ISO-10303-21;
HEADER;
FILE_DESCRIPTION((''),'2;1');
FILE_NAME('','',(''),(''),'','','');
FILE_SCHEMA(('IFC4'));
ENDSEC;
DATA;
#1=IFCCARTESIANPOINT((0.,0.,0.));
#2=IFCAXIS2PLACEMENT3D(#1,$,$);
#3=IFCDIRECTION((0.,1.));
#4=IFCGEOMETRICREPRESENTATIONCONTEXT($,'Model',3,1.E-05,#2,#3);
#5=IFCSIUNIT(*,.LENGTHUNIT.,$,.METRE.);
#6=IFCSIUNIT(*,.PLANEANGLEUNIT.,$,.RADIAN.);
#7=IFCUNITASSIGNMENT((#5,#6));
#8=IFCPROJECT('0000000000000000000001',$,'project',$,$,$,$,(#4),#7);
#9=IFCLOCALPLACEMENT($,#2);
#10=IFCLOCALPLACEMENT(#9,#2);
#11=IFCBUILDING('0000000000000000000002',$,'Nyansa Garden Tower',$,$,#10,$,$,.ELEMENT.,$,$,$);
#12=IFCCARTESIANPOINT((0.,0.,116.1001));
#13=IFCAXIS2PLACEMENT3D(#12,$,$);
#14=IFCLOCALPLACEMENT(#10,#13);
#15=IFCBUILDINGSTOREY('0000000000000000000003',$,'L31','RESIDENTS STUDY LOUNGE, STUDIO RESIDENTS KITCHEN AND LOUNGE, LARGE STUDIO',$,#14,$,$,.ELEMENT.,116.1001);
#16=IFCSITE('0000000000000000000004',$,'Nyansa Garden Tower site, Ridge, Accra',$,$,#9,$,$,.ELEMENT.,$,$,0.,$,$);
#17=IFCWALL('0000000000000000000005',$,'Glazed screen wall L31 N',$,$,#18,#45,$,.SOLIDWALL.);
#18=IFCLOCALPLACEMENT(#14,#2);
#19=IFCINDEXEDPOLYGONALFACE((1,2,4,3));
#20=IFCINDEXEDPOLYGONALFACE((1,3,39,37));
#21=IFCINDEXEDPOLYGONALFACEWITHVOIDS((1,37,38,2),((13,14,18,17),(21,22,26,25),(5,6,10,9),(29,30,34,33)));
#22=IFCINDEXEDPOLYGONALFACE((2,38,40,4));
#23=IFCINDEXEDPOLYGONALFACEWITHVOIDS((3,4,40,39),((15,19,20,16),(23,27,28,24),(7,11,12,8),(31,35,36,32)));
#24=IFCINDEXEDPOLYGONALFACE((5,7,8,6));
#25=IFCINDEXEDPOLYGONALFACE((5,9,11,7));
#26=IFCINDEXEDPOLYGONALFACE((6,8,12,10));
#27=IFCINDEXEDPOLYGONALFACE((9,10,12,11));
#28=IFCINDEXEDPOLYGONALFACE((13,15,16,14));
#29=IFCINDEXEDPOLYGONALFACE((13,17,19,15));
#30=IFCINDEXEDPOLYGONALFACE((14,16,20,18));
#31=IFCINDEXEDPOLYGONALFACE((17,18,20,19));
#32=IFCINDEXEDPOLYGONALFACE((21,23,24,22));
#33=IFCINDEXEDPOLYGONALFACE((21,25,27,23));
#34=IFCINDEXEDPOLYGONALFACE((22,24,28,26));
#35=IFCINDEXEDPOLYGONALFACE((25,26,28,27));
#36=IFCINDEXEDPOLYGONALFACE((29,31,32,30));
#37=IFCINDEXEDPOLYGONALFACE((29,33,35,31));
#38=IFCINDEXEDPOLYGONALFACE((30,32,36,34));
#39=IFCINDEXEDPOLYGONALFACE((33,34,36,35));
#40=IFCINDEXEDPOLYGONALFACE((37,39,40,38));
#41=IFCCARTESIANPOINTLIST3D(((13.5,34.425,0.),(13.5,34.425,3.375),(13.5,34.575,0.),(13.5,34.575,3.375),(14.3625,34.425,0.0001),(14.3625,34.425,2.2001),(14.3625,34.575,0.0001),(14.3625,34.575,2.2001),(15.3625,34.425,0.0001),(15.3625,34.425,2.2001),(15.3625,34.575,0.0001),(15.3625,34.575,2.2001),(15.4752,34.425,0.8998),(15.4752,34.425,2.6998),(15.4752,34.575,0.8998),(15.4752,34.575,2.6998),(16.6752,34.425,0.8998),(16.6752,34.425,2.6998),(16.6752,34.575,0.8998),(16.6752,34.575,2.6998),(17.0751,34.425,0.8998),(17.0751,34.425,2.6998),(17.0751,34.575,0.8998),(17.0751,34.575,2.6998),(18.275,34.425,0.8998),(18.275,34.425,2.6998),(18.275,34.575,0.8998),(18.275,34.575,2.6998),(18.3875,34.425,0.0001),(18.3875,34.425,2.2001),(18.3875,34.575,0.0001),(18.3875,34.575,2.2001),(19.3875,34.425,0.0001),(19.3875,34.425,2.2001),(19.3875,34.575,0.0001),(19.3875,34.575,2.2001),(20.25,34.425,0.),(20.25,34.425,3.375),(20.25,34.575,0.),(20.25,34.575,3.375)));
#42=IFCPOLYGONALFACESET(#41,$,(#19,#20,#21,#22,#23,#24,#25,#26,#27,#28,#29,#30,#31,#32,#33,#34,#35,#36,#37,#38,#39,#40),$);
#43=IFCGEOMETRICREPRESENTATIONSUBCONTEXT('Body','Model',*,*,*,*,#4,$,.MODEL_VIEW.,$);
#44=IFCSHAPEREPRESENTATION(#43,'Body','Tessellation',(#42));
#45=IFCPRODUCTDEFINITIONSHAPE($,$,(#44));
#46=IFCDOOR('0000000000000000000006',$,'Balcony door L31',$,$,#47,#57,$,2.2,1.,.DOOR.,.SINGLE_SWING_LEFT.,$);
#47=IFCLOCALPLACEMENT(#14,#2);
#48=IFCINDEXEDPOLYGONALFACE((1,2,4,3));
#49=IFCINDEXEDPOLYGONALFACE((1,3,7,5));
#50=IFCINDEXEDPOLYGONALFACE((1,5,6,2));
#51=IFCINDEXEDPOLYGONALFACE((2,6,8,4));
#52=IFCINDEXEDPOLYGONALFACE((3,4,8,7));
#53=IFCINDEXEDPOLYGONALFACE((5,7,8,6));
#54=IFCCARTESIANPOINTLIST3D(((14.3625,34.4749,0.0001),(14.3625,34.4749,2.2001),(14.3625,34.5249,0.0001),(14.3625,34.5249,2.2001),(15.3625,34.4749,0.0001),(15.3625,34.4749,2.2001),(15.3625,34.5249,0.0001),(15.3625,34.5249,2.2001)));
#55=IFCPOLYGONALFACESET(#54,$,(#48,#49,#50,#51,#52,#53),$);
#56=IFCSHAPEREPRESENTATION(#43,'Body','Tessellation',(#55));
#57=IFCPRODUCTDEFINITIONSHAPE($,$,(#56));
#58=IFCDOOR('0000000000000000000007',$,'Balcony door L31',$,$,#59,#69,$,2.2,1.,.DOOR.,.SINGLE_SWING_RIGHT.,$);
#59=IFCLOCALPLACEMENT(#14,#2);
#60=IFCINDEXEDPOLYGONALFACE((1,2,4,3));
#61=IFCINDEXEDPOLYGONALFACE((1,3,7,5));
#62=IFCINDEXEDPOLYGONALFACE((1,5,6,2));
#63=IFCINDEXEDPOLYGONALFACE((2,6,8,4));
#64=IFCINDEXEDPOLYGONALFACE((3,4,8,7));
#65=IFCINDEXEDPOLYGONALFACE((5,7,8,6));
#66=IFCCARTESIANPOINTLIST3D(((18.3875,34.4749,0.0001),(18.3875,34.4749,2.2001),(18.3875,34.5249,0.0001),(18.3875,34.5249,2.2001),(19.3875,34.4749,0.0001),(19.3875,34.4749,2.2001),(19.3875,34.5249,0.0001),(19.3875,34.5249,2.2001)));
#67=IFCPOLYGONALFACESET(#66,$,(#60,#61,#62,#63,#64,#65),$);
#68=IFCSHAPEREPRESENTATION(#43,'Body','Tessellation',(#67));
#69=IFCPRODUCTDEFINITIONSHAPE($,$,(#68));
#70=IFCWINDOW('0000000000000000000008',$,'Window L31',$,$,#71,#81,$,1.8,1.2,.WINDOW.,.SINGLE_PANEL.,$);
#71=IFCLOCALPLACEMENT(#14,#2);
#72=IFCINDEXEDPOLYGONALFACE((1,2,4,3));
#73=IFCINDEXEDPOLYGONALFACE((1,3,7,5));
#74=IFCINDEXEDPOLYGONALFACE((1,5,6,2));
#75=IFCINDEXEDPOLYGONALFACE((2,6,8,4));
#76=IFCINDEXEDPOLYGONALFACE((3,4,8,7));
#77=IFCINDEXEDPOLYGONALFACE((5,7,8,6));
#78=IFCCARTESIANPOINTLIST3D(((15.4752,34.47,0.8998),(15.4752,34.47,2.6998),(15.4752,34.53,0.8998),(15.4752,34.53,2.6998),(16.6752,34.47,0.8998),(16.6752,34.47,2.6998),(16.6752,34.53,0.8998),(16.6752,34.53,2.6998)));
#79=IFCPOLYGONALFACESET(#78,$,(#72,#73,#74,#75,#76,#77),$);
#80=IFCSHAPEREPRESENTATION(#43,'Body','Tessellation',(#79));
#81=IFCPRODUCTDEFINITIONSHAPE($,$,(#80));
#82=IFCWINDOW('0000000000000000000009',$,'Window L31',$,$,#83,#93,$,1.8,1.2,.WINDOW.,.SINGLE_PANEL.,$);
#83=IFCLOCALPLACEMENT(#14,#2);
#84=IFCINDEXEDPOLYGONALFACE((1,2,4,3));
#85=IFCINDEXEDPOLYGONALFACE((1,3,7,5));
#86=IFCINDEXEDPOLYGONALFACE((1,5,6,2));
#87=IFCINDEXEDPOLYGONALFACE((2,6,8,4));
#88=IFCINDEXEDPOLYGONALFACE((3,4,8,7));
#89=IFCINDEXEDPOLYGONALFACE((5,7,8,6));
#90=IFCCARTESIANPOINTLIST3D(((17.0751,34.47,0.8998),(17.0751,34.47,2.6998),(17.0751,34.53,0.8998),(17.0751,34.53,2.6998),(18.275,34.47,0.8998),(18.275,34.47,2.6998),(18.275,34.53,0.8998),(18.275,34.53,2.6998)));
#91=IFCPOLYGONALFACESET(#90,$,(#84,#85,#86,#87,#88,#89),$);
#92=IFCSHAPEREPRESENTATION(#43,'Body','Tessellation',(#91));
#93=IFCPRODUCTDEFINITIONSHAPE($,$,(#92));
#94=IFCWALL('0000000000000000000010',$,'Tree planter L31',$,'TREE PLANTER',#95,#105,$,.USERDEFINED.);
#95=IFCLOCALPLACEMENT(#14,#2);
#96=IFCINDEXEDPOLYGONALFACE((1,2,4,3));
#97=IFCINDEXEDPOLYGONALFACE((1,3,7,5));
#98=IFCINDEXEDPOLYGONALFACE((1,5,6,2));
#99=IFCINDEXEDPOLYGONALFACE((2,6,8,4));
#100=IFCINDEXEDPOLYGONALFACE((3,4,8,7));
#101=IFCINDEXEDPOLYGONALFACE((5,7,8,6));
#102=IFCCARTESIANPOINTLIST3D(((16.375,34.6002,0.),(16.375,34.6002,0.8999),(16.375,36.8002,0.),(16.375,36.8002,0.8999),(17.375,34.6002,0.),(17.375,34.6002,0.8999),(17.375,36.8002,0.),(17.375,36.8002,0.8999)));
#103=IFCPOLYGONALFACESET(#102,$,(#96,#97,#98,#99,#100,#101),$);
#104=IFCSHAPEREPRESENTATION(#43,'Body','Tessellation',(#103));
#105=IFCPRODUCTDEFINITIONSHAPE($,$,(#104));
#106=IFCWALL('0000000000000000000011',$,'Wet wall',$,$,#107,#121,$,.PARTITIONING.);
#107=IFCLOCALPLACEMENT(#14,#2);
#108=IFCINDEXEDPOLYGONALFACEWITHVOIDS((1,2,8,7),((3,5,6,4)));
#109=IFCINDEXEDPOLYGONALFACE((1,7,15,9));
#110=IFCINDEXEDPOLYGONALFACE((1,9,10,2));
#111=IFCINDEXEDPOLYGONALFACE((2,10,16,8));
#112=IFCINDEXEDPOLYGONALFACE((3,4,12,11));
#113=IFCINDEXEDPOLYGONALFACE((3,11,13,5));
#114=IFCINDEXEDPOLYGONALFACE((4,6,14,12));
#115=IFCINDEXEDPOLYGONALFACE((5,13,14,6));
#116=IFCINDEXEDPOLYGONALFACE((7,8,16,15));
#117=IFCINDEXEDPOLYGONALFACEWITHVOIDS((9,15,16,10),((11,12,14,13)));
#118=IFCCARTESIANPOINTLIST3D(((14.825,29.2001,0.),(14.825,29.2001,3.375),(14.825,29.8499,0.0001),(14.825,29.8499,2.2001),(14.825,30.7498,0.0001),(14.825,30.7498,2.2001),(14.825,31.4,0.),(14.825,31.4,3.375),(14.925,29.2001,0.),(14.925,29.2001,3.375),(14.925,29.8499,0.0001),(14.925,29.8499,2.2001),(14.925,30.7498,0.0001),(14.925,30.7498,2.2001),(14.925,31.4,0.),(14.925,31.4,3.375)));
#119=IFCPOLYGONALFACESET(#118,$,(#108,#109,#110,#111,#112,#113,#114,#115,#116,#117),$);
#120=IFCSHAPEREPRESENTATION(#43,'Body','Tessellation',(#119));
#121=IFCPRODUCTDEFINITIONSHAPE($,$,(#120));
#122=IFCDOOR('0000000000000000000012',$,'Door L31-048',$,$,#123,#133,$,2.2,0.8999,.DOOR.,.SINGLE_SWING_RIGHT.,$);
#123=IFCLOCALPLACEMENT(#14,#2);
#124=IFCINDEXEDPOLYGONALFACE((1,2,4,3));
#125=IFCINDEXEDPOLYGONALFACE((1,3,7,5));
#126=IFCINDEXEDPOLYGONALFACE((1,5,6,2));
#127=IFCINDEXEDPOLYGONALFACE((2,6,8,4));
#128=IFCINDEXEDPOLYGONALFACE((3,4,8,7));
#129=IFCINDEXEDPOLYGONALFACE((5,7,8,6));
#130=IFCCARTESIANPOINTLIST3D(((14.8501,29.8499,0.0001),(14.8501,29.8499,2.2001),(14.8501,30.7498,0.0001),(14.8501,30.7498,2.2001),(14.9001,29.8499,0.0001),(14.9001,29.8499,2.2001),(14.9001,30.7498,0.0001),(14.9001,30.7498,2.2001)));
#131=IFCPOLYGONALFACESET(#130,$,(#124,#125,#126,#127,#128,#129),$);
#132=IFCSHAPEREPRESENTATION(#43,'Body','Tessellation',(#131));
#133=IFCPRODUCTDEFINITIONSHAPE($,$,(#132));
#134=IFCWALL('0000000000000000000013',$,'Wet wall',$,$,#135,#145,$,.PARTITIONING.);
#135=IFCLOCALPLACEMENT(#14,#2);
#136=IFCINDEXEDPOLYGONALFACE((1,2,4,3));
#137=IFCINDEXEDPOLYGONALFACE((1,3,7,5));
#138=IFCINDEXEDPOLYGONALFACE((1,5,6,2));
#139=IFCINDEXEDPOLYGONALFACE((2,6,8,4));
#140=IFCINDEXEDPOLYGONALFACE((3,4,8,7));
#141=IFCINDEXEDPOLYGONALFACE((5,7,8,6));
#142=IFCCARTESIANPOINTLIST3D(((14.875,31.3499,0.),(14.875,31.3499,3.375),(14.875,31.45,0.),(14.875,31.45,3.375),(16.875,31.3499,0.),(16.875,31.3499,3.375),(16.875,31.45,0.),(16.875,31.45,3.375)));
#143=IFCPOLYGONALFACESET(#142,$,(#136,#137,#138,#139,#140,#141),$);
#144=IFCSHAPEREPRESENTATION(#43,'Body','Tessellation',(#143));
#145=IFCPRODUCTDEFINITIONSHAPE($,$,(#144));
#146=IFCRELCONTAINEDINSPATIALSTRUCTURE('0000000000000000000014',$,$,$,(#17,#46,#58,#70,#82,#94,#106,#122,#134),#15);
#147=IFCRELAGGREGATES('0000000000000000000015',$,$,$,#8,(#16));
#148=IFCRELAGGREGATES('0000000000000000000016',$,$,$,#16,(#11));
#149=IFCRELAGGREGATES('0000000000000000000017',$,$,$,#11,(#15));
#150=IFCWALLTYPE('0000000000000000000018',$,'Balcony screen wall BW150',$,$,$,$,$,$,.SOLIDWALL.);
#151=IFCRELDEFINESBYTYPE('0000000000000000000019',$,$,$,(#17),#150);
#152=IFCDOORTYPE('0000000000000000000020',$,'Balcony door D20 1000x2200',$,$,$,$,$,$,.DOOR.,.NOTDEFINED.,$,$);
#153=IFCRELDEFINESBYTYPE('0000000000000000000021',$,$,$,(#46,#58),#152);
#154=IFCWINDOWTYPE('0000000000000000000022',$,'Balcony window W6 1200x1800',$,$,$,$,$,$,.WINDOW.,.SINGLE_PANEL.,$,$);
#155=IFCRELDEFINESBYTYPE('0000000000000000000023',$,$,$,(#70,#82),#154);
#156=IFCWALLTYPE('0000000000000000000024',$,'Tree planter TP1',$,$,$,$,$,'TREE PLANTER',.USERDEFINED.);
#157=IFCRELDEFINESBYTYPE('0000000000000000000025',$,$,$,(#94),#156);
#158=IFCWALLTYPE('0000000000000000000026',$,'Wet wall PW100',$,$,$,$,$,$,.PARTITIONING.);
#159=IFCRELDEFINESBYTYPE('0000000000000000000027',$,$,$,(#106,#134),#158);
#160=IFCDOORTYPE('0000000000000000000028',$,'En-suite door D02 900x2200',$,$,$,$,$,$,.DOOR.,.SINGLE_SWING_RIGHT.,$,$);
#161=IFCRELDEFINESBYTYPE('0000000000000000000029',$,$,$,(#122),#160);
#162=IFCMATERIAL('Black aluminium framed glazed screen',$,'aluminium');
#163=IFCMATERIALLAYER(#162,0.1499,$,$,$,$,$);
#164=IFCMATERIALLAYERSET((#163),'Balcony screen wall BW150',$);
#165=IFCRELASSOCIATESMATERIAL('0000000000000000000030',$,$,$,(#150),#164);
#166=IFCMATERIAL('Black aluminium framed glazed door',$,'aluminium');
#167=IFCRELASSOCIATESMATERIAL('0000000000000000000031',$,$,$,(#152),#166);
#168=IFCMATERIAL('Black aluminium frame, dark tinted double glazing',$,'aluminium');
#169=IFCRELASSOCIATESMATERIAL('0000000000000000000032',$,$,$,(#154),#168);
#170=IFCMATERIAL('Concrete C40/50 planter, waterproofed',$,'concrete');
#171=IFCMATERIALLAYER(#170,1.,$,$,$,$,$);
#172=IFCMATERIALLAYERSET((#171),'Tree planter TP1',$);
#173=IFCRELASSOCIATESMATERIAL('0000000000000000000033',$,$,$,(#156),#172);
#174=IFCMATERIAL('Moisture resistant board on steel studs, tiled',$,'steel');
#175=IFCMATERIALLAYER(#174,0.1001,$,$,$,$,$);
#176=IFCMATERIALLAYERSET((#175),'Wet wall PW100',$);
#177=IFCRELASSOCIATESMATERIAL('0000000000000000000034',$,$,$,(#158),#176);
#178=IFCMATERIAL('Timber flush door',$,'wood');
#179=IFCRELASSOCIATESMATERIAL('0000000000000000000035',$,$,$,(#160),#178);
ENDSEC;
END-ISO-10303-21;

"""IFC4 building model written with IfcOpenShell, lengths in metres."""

from ifc_helpers import new_model, si_unit, direction, frame, frame_2d, origin, place, context, subcontext, project, spatial, rectangle, extrude, material, layer, layer_set, type_object, element, fill, save


model = new_model("IFC4")

# Units and contexts
model_context = context("Model", 3, precision=1e-05, world=origin(), true_north=direction((0.0, 1.0)))
body_context = subcontext(model_context, "Body", "Model", "MODEL_VIEW")
ifc_project = project(units=[si_unit("LENGTHUNIT", "METRE"), si_unit("PLANEANGLEUNIT", "RADIAN")], contexts=[model_context])

# Site, building, storey
site_placement = place(None, origin())
site = spatial("IfcSite", under=ifc_project, at=site_placement, Name="Nyansa Garden Tower site, Ridge, Accra", CompositionType="ELEMENT", RefElevation=0.0)
building_placement = place(site_placement, origin())
building = spatial("IfcBuilding", under=site, at=building_placement, Name="Nyansa Garden Tower", CompositionType="ELEMENT")
storey_placement = place(building_placement, frame((0.0, 0.0, 116.1001)))
storey = spatial("IfcBuildingStorey", under=building, at=storey_placement, Name="L31", Description="RESIDENTS STUDY LOUNGE, STUDIO RESIDENTS KITCHEN AND LOUNGE, LARGE STUDIO", CompositionType="ELEMENT", Elevation=116.1001)

# Wall, openings, doors, windows
ifc_material_1 = material(Name="Black aluminium framed glazed screen", Category="aluminium")
ifc_layer_1 = layer(ifc_material_1, 0.1499)
ifc_layer_set_1 = layer_set([ifc_layer_1], Name="Balcony screen wall BW150")
wall_type_1 = type_object("IfcWallType", Name="Balcony screen wall BW150", PredefinedType="SOLIDWALL", material=ifc_layer_set_1)
wall_1_placement = place(storey_placement, frame((13.5, 34.5, 0.0), z_axis=(0.0, 0.0, 1.0), x_axis=(1.0, 0.0, 0.0)))
wall_1 = element("IfcWall", 1, at=wall_1_placement, inside=storey, type_object=wall_type_1, Name="Glazed screen wall L31 N", PredefinedType="SOLIDWALL", context=body_context, shape_type="SweptSolid", body=[
    extrude(rectangle(XDim=6.75, YDim=0.1499, at=frame_2d((3.375, 0.0))), origin(), (0.0, 0.0, 1.0), 3.375),
])
opening_1_placement = place(wall_1_placement, frame((0.8625, 0.0, 0.0)))
opening_1 = element("IfcOpeningElement", 2, at=opening_1_placement, cuts=wall_1, PredefinedType="OPENING", context=body_context, shape_type="SweptSolid", body=[
    extrude(rectangle(XDim=1.0, YDim=2.2, at=frame_2d((0.5, 1.1001))), frame((0.0, 0.085, 0.0), z_axis=(0.0, -1.0, 0.0), x_axis=(1.0, 0.0, 0.0)), (0.0, 0.0, 1.0), 0.1699),
])
opening_2_placement = place(wall_1_placement, frame((1.9751, 0.0, 0.8999)))
opening_2 = element("IfcOpeningElement", 3, at=opening_2_placement, cuts=wall_1, PredefinedType="OPENING", context=body_context, shape_type="SweptSolid", body=[
    extrude(rectangle(XDim=1.2, YDim=1.8, at=frame_2d((0.6001, 0.8999))), frame((0.0, 0.085, 0.0), z_axis=(0.0, -1.0, 0.0), x_axis=(1.0, 0.0, 0.0)), (0.0, 0.0, 1.0), 0.1699),
])
opening_3_placement = place(wall_1_placement, frame((4.8875, 0.0, 0.0)))
opening_3 = element("IfcOpeningElement", 4, at=opening_3_placement, cuts=wall_1, PredefinedType="OPENING", context=body_context, shape_type="SweptSolid", body=[
    extrude(rectangle(XDim=1.0, YDim=2.2, at=frame_2d((0.5, 1.1001))), frame((0.0, 0.085, 0.0), z_axis=(0.0, -1.0, 0.0), x_axis=(1.0, 0.0, 0.0)), (0.0, 0.0, 1.0), 0.1699),
])
opening_4_placement = place(wall_1_placement, frame((3.575, 0.0, 0.8999)))
opening_4 = element("IfcOpeningElement", 5, at=opening_4_placement, cuts=wall_1, PredefinedType="OPENING", context=body_context, shape_type="SweptSolid", body=[
    extrude(rectangle(XDim=1.2, YDim=1.8, at=frame_2d((0.6001, 0.8999))), frame((0.0, 0.085, 0.0), z_axis=(0.0, -1.0, 0.0), x_axis=(1.0, 0.0, 0.0)), (0.0, 0.0, 1.0), 0.1699),
])
ifc_material_2 = material(Name="Black aluminium framed glazed door", Category="aluminium")
door_type_1 = type_object("IfcDoorType", Name="Balcony door D20 1000x2200", OperationType="NOTDEFINED", PredefinedType="DOOR", material=ifc_material_2)
door_1_placement = place(opening_1_placement, origin())
door_1 = element("IfcDoor", 6, at=door_1_placement, inside=storey, type_object=door_type_1, Name="Balcony door L31", OperationType="SINGLE_SWING_LEFT", OverallHeight=2.2, OverallWidth=1.0, PredefinedType="DOOR", context=body_context, shape_type="SweptSolid", body=[
    extrude(rectangle(XDim=1.0, YDim=2.2, at=frame_2d((0.5, 1.1001))), frame((0.0, 0.0249, 0.0), z_axis=(0.0, -1.0, 0.0), x_axis=(1.0, 0.0, 0.0)), (0.0, 0.0, 1.0), 0.05),
])
fill(opening_1, door_1)
door_2_placement = place(opening_3_placement, origin())
door_2 = element("IfcDoor", 7, at=door_2_placement, inside=storey, type_object=door_type_1, Name="Balcony door L31", OperationType="SINGLE_SWING_RIGHT", OverallHeight=2.2, OverallWidth=1.0, PredefinedType="DOOR", context=body_context, shape_type="SweptSolid", body=[
    extrude(rectangle(XDim=1.0, YDim=2.2, at=frame_2d((0.5, 1.1001))), frame((0.0, 0.0249, 0.0), z_axis=(0.0, -1.0, 0.0), x_axis=(1.0, 0.0, 0.0)), (0.0, 0.0, 1.0), 0.05),
])
fill(opening_3, door_2)
ifc_material_3 = material(Name="Black aluminium frame, dark tinted double glazing", Category="aluminium")
window_type = type_object("IfcWindowType", Name="Balcony window W6 1200x1800", PartitioningType="SINGLE_PANEL", PredefinedType="WINDOW", material=ifc_material_3)
window_1_placement = place(opening_2_placement, origin())
window_1 = element("IfcWindow", 8, at=window_1_placement, inside=storey, type_object=window_type, Name="Window L31", OverallHeight=1.8, OverallWidth=1.2, PartitioningType="SINGLE_PANEL", PredefinedType="WINDOW", context=body_context, shape_type="SweptSolid", body=[
    extrude(rectangle(XDim=1.2, YDim=1.8, at=frame_2d((0.6001, 0.8999))), frame((0.0, 0.03, 0.0), z_axis=(0.0, -1.0, 0.0), x_axis=(1.0, 0.0, 0.0)), (0.0, 0.0, 1.0), 0.0601),
])
fill(opening_2, window_1)
window_2_placement = place(opening_4_placement, origin())
window_2 = element("IfcWindow", 9, at=window_2_placement, inside=storey, type_object=window_type, Name="Window L31", OverallHeight=1.8, OverallWidth=1.2, PartitioningType="SINGLE_PANEL", PredefinedType="WINDOW", context=body_context, shape_type="SweptSolid", body=[
    extrude(rectangle(XDim=1.2, YDim=1.8, at=frame_2d((0.6001, 0.8999))), frame((0.0, 0.03, 0.0), z_axis=(0.0, -1.0, 0.0), x_axis=(1.0, 0.0, 0.0)), (0.0, 0.0, 1.0), 0.0601),
])
fill(opening_4, window_2)

# Wall
ifc_material_4 = material(Name="Concrete C40/50 planter, waterproofed", Category="concrete")
ifc_layer_2 = layer(ifc_material_4, 1.0)
ifc_layer_set_2 = layer_set([ifc_layer_2], Name="Tree planter TP1")
wall_type_2 = type_object("IfcWallType", Name="Tree planter TP1", ElementType="TREE PLANTER", PredefinedType="USERDEFINED", material=ifc_layer_set_2)
wall_2_placement = place(storey_placement, frame((16.875, 34.6001, 0.0), z_axis=(0.0, 0.0, 1.0), x_axis=(0.0, 1.0, 0.0)))
element("IfcWall", 10, at=wall_2_placement, inside=storey, type_object=wall_type_2, Name="Tree planter L31", ObjectType="TREE PLANTER", PredefinedType="USERDEFINED", context=body_context, shape_type="SweptSolid", body=[
    extrude(rectangle(XDim=2.2, YDim=1.0, at=frame_2d((1.1001, 0.0))), origin(), (0.0, 0.0, 1.0), 0.8999),
])

# Wall, opening, door
ifc_material_5 = material(Name="Moisture resistant board on steel studs, tiled", Category="steel")
ifc_layer_3 = layer(ifc_material_5, 0.1001)
ifc_layer_set_3 = layer_set([ifc_layer_3], Name="Wet wall PW100")
wall_type_3 = type_object("IfcWallType", Name="Wet wall PW100", PredefinedType="PARTITIONING", material=ifc_layer_set_3)
wall_3_placement = place(storey_placement, frame((14.875, 29.2, 0.0), z_axis=(0.0, 0.0, 1.0), x_axis=(0.0, 1.0, 0.0)))
wall_3 = element("IfcWall", 11, at=wall_3_placement, inside=storey, type_object=wall_type_3, Name="Wet wall", PredefinedType="PARTITIONING", context=body_context, shape_type="SweptSolid", body=[
    extrude(rectangle(XDim=2.2, YDim=0.1001, at=frame_2d((1.1001, 0.0))), origin(), (0.0, 0.0, 1.0), 3.375),
])
opening_5_placement = place(wall_3_placement, frame((0.6499, 0.0, 0.0)))
opening_5 = element("IfcOpeningElement", 12, at=opening_5_placement, cuts=wall_3, PredefinedType="OPENING", context=body_context, shape_type="SweptSolid", body=[
    extrude(rectangle(XDim=0.8999, YDim=2.2, at=frame_2d((0.45, 1.1001))), frame((0.0, 0.0601, 0.0), z_axis=(0.0, -1.0, 0.0), x_axis=(1.0, 0.0, 0.0)), (0.0, 0.0, 1.0), 0.1201),
])
ifc_material_6 = material(Name="Timber flush door", Category="wood")
door_type_2 = type_object("IfcDoorType", Name="En-suite door D02 900x2200", OperationType="SINGLE_SWING_RIGHT", PredefinedType="DOOR", material=ifc_material_6)
door_3_placement = place(opening_5_placement, origin())
door_3 = element("IfcDoor", 13, at=door_3_placement, inside=storey, type_object=door_type_2, Name="Door L31-048", OperationType="SINGLE_SWING_RIGHT", OverallHeight=2.2, OverallWidth=0.8999, PredefinedType="DOOR", context=body_context, shape_type="SweptSolid", body=[
    extrude(rectangle(XDim=0.8999, YDim=2.2, at=frame_2d((0.45, 1.1001))), frame((0.0, 0.0249, 0.0), z_axis=(0.0, -1.0, 0.0), x_axis=(1.0, 0.0, 0.0)), (0.0, 0.0, 1.0), 0.05),
])
fill(opening_5, door_3)

# Wall
wall_4_placement = place(storey_placement, frame((14.875, 31.3999, 0.0), z_axis=(0.0, 0.0, 1.0), x_axis=(1.0, 0.0, 0.0)))
element("IfcWall", 14, at=wall_4_placement, inside=storey, type_object=wall_type_3, Name="Wet wall", PredefinedType="PARTITIONING", context=body_context, shape_type="SweptSolid", body=[
    extrude(rectangle(XDim=2.0, YDim=0.1001, at=frame_2d((1.0, 0.0))), origin(), (0.0, 0.0, 1.0), 3.375),
])

save(model, "model.ifc")
